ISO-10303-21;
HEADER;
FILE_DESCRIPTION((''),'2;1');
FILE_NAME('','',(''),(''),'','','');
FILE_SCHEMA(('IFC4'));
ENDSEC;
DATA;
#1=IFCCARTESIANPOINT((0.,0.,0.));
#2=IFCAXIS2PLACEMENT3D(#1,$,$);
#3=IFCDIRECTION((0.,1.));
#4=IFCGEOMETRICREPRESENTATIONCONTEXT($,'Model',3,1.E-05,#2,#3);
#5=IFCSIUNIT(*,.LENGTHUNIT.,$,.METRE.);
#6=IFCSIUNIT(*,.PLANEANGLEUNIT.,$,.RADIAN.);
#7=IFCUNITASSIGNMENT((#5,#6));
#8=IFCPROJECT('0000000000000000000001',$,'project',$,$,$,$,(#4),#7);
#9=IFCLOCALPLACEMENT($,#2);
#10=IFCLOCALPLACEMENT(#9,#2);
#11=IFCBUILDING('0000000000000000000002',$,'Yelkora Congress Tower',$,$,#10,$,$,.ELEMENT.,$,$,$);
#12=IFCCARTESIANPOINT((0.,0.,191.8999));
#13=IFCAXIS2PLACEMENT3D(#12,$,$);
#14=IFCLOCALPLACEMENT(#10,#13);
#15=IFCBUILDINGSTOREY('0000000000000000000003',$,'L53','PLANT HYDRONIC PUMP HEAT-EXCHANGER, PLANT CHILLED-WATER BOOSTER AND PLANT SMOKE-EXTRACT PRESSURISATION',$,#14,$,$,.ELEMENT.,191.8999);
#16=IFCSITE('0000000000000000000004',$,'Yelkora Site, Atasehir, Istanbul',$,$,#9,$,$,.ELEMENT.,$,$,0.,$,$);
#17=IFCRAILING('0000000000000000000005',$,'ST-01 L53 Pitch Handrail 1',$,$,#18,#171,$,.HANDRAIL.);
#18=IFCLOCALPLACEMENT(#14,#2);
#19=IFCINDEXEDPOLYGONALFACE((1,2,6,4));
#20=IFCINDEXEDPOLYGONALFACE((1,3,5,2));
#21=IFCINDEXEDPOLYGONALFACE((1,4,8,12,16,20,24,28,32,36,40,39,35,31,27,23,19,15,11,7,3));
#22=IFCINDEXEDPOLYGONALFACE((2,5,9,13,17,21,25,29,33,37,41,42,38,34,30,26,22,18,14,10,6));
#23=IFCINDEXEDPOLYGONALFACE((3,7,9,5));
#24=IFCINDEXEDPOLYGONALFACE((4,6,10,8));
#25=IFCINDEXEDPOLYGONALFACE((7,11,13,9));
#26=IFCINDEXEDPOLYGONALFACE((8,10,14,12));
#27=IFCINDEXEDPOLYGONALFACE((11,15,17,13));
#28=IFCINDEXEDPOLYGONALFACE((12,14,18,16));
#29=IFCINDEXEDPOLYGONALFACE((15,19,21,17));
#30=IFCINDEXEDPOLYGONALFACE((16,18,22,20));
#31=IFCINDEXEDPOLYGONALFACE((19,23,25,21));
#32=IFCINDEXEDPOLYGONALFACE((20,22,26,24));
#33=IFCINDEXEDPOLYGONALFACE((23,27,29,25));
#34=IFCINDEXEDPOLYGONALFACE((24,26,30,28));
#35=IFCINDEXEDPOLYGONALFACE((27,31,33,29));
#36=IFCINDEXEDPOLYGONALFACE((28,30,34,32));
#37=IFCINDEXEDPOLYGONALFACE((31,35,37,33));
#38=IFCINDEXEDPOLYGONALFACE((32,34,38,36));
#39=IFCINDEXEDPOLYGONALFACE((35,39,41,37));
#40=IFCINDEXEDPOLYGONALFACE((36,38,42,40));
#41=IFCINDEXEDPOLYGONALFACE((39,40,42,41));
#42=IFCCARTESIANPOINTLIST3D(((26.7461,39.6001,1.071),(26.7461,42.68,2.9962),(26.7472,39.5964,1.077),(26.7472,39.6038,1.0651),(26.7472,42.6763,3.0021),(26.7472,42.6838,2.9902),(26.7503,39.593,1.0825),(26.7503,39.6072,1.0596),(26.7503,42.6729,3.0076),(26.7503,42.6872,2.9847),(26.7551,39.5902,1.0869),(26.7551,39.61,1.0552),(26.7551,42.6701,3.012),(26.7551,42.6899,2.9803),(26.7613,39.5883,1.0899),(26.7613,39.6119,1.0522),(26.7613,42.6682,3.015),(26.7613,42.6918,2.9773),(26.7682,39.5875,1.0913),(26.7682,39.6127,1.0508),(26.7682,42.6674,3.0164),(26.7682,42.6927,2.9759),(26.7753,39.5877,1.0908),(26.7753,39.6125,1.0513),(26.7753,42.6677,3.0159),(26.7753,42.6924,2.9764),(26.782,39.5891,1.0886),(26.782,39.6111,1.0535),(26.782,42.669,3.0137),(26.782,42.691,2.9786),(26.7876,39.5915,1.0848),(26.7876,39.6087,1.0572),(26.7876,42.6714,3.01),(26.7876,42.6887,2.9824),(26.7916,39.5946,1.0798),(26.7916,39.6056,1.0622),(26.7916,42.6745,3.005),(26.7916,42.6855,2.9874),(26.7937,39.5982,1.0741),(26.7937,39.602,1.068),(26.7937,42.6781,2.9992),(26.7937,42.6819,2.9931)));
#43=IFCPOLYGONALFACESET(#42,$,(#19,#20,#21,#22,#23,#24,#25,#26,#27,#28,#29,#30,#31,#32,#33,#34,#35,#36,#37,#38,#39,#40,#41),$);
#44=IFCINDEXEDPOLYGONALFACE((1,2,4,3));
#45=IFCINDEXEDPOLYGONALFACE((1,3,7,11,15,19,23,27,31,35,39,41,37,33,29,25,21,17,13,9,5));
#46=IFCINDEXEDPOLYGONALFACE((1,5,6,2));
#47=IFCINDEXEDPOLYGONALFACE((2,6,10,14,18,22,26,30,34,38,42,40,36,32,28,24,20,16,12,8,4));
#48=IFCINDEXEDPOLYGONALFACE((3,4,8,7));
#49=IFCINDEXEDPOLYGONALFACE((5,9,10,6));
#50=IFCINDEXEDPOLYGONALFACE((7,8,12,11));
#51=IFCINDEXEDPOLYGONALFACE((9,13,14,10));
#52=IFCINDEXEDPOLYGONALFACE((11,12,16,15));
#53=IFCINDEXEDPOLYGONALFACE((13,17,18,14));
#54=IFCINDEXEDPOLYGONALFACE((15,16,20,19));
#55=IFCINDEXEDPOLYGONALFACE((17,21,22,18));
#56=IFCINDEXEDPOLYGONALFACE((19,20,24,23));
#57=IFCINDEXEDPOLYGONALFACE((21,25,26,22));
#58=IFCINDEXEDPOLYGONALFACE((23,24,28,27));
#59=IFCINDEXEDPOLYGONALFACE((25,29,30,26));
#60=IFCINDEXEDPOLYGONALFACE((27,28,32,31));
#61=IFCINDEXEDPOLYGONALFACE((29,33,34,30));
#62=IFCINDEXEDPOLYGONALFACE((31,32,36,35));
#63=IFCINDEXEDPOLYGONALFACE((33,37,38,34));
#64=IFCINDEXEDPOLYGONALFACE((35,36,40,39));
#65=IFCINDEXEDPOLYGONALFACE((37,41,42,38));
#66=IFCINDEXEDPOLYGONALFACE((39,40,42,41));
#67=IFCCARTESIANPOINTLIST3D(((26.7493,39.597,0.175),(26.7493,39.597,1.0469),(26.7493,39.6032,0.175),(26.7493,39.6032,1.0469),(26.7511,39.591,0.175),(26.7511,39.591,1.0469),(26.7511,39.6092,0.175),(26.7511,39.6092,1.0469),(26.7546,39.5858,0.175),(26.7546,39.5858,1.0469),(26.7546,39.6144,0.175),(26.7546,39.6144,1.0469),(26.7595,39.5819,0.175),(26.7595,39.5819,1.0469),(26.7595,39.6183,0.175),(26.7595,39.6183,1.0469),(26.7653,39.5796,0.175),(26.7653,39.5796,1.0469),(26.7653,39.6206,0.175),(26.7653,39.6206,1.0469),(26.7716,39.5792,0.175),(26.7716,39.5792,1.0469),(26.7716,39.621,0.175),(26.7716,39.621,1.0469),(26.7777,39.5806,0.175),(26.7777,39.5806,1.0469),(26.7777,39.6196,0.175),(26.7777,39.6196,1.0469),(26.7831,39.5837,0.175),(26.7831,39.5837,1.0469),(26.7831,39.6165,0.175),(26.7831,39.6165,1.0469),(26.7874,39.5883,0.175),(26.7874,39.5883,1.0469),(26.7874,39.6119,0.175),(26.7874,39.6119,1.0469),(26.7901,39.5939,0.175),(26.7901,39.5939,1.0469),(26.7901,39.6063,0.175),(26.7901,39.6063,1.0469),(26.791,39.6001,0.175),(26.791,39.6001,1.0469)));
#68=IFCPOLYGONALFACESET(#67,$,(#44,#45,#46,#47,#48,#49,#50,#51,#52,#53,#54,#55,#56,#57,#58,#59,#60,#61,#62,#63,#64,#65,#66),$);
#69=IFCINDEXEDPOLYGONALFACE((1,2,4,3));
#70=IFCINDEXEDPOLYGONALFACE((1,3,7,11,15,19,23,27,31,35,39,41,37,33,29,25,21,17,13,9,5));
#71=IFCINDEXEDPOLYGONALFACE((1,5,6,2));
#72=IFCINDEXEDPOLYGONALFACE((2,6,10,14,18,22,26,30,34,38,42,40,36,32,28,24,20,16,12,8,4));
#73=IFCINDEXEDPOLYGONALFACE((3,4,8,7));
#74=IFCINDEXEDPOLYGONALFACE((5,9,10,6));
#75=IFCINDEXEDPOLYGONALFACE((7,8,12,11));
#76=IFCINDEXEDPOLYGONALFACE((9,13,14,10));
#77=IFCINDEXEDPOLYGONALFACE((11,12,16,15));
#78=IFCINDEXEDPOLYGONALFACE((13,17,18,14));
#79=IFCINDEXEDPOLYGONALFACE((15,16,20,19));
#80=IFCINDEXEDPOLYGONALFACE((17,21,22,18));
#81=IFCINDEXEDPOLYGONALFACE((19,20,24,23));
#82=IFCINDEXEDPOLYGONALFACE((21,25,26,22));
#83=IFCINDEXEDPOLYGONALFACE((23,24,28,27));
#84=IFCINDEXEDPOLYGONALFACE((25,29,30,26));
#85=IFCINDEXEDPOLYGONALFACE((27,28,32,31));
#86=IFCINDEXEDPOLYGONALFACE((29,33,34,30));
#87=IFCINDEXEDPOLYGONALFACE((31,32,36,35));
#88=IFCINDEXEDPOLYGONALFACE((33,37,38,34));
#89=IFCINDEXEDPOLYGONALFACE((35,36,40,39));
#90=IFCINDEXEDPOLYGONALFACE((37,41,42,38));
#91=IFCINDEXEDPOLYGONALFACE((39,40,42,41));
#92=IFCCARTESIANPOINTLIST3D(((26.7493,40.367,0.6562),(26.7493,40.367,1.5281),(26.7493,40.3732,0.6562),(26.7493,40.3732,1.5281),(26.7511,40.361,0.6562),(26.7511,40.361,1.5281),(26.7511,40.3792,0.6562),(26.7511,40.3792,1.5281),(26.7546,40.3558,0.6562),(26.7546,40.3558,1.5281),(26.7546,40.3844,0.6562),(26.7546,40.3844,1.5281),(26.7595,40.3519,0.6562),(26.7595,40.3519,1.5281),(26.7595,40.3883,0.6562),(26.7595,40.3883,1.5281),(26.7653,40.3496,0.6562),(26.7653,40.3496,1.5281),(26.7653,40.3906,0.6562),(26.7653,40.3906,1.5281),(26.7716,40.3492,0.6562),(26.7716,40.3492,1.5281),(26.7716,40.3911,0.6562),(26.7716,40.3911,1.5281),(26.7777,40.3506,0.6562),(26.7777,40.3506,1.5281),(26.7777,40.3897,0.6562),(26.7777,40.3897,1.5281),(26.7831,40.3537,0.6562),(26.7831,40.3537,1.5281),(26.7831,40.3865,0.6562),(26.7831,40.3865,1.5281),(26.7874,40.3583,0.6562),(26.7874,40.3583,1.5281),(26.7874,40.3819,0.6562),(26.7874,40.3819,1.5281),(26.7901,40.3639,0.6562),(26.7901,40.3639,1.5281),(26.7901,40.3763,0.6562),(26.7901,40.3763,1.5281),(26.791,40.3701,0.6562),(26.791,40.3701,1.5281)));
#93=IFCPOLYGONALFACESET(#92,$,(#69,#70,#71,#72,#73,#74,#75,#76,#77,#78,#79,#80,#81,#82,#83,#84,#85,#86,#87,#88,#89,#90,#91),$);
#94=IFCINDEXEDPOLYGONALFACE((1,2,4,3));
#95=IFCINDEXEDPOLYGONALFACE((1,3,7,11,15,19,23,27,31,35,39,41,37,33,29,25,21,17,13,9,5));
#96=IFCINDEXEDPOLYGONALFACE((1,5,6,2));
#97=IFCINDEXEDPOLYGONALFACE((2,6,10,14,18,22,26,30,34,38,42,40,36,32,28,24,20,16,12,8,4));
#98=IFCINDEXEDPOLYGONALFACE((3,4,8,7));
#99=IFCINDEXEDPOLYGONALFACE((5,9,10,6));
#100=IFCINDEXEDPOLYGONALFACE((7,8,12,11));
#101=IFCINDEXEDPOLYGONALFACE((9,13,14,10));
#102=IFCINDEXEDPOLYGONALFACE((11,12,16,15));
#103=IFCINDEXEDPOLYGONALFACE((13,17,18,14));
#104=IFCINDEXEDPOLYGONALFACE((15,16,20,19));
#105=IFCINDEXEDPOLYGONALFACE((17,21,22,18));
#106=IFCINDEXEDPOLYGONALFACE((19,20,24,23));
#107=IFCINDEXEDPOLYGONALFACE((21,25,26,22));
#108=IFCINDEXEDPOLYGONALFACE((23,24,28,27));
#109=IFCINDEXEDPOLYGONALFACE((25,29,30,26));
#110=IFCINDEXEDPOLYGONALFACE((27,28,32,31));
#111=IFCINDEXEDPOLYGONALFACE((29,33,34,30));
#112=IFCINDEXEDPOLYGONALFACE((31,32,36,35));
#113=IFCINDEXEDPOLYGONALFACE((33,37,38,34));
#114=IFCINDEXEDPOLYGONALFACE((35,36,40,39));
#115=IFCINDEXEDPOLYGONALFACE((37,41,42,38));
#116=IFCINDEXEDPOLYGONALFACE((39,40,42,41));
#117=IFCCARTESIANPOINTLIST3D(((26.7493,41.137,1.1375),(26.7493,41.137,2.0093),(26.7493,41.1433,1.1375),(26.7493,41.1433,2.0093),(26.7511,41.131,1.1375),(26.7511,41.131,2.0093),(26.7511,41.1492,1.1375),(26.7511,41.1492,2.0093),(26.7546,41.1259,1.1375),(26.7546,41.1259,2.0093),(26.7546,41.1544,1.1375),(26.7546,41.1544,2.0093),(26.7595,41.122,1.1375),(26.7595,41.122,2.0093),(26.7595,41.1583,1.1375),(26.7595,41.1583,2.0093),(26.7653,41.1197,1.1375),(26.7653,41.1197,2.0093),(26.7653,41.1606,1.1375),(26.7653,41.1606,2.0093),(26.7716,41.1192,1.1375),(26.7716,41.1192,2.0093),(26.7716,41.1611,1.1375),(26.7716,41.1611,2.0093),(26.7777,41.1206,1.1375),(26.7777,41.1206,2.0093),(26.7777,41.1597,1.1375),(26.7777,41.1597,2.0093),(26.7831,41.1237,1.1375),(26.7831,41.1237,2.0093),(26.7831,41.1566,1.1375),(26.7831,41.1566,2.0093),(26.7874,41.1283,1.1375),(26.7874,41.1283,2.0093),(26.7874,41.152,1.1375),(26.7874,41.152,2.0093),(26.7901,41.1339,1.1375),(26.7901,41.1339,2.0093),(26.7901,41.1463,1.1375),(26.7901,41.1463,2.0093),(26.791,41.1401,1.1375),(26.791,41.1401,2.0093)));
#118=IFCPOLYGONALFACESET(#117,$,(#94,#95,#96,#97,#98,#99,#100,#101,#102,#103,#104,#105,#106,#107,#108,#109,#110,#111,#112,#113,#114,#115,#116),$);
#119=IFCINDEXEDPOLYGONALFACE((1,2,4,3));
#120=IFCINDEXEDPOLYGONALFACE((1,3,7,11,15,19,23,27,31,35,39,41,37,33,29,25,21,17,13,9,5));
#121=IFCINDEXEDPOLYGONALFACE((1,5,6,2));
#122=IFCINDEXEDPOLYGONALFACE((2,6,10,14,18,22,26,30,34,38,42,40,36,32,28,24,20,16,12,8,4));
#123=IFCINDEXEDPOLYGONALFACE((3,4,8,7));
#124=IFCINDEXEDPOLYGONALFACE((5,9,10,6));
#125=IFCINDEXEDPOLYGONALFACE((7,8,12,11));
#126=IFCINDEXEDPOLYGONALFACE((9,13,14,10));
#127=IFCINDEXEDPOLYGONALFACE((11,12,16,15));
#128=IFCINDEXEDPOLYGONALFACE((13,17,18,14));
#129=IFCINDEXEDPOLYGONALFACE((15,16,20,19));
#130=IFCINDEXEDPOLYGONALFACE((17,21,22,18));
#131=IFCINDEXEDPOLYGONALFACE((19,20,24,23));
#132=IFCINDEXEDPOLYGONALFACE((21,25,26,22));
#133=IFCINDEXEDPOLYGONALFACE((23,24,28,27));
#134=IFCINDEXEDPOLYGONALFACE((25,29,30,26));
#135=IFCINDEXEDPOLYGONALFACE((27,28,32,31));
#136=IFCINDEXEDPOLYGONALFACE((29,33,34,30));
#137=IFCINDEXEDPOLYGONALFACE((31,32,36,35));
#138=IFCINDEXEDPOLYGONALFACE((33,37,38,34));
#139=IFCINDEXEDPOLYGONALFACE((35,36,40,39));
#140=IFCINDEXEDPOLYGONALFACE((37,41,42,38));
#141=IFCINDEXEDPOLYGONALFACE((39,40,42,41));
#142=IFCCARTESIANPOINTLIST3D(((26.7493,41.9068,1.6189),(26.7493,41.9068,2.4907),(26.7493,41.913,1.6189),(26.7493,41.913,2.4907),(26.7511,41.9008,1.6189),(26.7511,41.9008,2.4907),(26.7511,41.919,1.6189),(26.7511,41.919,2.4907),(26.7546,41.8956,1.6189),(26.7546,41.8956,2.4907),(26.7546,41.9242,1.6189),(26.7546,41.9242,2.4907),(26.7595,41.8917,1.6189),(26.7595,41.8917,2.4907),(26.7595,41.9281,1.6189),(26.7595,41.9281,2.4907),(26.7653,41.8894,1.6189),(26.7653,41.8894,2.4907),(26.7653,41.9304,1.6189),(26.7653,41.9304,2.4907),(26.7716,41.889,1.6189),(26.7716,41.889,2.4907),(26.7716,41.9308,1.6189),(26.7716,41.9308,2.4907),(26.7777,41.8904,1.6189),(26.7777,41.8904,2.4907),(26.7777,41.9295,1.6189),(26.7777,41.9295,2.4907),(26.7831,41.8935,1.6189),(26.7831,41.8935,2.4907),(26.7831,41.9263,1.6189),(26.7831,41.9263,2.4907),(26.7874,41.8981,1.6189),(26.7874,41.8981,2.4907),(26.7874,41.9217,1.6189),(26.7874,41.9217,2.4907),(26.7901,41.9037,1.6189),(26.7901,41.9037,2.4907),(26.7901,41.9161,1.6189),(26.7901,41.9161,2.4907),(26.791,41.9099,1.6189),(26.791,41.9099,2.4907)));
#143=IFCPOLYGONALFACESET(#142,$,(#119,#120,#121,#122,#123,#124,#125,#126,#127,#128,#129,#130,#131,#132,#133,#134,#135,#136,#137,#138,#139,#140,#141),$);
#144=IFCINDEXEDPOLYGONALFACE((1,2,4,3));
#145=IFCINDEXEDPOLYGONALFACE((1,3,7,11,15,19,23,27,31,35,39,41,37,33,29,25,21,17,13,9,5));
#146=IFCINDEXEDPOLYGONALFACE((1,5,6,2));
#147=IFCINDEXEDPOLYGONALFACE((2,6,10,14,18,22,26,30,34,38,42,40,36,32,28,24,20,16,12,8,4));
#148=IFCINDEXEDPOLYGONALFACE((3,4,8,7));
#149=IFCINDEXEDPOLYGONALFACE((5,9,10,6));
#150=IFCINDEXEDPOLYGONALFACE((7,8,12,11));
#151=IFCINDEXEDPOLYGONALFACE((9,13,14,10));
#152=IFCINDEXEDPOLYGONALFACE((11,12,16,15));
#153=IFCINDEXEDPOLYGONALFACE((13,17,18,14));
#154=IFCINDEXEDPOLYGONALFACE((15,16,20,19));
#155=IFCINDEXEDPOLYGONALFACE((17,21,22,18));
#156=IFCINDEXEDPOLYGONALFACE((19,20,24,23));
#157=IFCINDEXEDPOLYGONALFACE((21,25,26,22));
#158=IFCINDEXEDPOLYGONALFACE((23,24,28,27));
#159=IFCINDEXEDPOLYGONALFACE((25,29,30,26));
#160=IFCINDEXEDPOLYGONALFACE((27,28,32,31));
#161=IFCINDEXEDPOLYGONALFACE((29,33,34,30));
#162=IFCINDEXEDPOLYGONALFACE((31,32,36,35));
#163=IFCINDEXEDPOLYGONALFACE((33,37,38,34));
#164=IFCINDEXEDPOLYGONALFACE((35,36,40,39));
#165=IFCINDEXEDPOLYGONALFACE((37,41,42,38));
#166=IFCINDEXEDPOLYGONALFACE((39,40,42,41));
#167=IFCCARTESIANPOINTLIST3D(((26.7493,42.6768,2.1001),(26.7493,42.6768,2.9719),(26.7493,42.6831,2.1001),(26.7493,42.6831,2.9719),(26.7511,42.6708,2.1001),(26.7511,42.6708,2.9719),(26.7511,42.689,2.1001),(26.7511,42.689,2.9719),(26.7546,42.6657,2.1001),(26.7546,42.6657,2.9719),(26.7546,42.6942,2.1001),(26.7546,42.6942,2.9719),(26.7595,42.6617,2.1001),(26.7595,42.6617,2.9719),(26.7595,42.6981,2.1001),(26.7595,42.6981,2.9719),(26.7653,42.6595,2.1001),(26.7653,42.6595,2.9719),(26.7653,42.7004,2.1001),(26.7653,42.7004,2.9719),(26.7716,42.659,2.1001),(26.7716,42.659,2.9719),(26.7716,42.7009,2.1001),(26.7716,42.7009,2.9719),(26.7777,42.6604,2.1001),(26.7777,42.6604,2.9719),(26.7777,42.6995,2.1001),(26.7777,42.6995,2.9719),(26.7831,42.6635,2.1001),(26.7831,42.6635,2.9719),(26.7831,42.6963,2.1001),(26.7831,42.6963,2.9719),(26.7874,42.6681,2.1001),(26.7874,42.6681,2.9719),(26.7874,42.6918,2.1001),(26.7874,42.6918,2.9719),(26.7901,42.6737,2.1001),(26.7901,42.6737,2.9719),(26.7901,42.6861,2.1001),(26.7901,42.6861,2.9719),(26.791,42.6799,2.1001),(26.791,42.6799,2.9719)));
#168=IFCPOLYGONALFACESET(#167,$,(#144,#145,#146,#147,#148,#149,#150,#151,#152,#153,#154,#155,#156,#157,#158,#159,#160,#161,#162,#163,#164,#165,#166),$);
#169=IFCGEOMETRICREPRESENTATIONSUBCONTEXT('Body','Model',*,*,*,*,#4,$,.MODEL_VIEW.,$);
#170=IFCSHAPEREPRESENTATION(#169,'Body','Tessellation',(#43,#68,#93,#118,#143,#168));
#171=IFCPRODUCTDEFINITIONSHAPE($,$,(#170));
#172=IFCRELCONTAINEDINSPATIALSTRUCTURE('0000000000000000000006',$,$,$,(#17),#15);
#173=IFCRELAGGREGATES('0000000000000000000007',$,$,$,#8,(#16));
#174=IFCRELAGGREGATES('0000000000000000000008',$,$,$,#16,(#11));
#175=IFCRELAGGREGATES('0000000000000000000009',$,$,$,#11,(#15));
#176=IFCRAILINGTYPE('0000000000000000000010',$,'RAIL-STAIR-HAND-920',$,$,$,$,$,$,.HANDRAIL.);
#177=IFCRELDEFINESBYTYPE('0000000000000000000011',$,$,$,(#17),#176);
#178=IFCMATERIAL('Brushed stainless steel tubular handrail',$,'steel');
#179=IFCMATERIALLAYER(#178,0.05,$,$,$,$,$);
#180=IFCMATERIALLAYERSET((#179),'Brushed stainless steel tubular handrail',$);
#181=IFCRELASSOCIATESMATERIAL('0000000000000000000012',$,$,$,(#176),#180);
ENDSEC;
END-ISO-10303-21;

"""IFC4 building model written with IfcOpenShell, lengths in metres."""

from ifc_helpers import new_model, si_unit, direction, frame, origin, origin_2d, place, context, subcontext, project, spatial, circle, extrude, material, layer, layer_set, type_object, element, save


model = new_model("IFC4")

# Units and contexts
model_context = context("Model", 3, precision=1e-05, world=origin(), true_north=direction((0.0, 1.0)))
body_context = subcontext(model_context, "Body", "Model", "MODEL_VIEW")
ifc_project = project(units=[si_unit("LENGTHUNIT", "METRE"), si_unit("PLANEANGLEUNIT", "RADIAN")], contexts=[model_context])

# Site, building, storey
site_placement = place(None, origin())
site = spatial("IfcSite", under=ifc_project, at=site_placement, Name="Yelkora Site, Atasehir, Istanbul", CompositionType="ELEMENT", RefElevation=0.0)
building_placement = place(site_placement, origin())
building = spatial("IfcBuilding", under=site, at=building_placement, Name="Yelkora Congress Tower", CompositionType="ELEMENT")
storey_placement = place(building_placement, frame((0.0, 0.0, 191.8999)))
storey = spatial("IfcBuildingStorey", under=building, at=storey_placement, Name="L53", Description="PLANT HYDRONIC PUMP HEAT-EXCHANGER, PLANT CHILLED-WATER BOOSTER AND PLANT SMOKE-EXTRACT PRESSURISATION", CompositionType="ELEMENT", Elevation=191.8999)

# Railing
ifc_material_1 = material(Name="Brushed stainless steel tubular handrail", Category="steel")
ifc_layer_1 = layer(ifc_material_1, 0.05)
ifc_layer_set_1 = layer_set([ifc_layer_1], Name="Brushed stainless steel tubular handrail")
railing_type_1 = type_object("IfcRailingType", Name="RAIL-STAIR-HAND-920", PredefinedType="HANDRAIL", material=ifc_layer_set_1)
railing_1_placement = place(storey_placement, frame((26.77, 39.6001, 0.175)))
element("IfcRailing", 1, at=railing_1_placement, inside=storey, type_object=railing_type_1, Name="ST-01 L53 Pitch Handrail 1", PredefinedType="HANDRAIL", context=body_context, shape_type="SweptSolid", body=[
    extrude(circle(Radius=0.0239, at=origin_2d()), frame((0.0, 0.0, 0.896), z_axis=(0.0, 0.847979, 0.530029), x_axis=(-1.0, 0.0, 0.0)), (0.0, 0.0, 1.0), 3.6321),
    extrude(circle(Radius=0.021, at=origin_2d()), origin(), (0.0, 0.0, 1.0), 0.8718),
    extrude(circle(Radius=0.021, at=origin_2d()), frame((0.0, 0.77, 0.4812)), (0.0, 0.0, 1.0), 0.8718),
    extrude(circle(Radius=0.021, at=origin_2d()), frame((0.0, 1.54, 0.9624)), (0.0, 0.0, 1.0), 0.8718),
    extrude(circle(Radius=0.021, at=origin_2d()), frame((0.0, 2.3098, 1.4438)), (0.0, 0.0, 1.0), 0.8718),
    extrude(circle(Radius=0.021, at=origin_2d()), frame((0.0, 3.0798, 1.925)), (0.0, 0.0, 1.0), 0.8718),
])

save(model, "model.ifc")
